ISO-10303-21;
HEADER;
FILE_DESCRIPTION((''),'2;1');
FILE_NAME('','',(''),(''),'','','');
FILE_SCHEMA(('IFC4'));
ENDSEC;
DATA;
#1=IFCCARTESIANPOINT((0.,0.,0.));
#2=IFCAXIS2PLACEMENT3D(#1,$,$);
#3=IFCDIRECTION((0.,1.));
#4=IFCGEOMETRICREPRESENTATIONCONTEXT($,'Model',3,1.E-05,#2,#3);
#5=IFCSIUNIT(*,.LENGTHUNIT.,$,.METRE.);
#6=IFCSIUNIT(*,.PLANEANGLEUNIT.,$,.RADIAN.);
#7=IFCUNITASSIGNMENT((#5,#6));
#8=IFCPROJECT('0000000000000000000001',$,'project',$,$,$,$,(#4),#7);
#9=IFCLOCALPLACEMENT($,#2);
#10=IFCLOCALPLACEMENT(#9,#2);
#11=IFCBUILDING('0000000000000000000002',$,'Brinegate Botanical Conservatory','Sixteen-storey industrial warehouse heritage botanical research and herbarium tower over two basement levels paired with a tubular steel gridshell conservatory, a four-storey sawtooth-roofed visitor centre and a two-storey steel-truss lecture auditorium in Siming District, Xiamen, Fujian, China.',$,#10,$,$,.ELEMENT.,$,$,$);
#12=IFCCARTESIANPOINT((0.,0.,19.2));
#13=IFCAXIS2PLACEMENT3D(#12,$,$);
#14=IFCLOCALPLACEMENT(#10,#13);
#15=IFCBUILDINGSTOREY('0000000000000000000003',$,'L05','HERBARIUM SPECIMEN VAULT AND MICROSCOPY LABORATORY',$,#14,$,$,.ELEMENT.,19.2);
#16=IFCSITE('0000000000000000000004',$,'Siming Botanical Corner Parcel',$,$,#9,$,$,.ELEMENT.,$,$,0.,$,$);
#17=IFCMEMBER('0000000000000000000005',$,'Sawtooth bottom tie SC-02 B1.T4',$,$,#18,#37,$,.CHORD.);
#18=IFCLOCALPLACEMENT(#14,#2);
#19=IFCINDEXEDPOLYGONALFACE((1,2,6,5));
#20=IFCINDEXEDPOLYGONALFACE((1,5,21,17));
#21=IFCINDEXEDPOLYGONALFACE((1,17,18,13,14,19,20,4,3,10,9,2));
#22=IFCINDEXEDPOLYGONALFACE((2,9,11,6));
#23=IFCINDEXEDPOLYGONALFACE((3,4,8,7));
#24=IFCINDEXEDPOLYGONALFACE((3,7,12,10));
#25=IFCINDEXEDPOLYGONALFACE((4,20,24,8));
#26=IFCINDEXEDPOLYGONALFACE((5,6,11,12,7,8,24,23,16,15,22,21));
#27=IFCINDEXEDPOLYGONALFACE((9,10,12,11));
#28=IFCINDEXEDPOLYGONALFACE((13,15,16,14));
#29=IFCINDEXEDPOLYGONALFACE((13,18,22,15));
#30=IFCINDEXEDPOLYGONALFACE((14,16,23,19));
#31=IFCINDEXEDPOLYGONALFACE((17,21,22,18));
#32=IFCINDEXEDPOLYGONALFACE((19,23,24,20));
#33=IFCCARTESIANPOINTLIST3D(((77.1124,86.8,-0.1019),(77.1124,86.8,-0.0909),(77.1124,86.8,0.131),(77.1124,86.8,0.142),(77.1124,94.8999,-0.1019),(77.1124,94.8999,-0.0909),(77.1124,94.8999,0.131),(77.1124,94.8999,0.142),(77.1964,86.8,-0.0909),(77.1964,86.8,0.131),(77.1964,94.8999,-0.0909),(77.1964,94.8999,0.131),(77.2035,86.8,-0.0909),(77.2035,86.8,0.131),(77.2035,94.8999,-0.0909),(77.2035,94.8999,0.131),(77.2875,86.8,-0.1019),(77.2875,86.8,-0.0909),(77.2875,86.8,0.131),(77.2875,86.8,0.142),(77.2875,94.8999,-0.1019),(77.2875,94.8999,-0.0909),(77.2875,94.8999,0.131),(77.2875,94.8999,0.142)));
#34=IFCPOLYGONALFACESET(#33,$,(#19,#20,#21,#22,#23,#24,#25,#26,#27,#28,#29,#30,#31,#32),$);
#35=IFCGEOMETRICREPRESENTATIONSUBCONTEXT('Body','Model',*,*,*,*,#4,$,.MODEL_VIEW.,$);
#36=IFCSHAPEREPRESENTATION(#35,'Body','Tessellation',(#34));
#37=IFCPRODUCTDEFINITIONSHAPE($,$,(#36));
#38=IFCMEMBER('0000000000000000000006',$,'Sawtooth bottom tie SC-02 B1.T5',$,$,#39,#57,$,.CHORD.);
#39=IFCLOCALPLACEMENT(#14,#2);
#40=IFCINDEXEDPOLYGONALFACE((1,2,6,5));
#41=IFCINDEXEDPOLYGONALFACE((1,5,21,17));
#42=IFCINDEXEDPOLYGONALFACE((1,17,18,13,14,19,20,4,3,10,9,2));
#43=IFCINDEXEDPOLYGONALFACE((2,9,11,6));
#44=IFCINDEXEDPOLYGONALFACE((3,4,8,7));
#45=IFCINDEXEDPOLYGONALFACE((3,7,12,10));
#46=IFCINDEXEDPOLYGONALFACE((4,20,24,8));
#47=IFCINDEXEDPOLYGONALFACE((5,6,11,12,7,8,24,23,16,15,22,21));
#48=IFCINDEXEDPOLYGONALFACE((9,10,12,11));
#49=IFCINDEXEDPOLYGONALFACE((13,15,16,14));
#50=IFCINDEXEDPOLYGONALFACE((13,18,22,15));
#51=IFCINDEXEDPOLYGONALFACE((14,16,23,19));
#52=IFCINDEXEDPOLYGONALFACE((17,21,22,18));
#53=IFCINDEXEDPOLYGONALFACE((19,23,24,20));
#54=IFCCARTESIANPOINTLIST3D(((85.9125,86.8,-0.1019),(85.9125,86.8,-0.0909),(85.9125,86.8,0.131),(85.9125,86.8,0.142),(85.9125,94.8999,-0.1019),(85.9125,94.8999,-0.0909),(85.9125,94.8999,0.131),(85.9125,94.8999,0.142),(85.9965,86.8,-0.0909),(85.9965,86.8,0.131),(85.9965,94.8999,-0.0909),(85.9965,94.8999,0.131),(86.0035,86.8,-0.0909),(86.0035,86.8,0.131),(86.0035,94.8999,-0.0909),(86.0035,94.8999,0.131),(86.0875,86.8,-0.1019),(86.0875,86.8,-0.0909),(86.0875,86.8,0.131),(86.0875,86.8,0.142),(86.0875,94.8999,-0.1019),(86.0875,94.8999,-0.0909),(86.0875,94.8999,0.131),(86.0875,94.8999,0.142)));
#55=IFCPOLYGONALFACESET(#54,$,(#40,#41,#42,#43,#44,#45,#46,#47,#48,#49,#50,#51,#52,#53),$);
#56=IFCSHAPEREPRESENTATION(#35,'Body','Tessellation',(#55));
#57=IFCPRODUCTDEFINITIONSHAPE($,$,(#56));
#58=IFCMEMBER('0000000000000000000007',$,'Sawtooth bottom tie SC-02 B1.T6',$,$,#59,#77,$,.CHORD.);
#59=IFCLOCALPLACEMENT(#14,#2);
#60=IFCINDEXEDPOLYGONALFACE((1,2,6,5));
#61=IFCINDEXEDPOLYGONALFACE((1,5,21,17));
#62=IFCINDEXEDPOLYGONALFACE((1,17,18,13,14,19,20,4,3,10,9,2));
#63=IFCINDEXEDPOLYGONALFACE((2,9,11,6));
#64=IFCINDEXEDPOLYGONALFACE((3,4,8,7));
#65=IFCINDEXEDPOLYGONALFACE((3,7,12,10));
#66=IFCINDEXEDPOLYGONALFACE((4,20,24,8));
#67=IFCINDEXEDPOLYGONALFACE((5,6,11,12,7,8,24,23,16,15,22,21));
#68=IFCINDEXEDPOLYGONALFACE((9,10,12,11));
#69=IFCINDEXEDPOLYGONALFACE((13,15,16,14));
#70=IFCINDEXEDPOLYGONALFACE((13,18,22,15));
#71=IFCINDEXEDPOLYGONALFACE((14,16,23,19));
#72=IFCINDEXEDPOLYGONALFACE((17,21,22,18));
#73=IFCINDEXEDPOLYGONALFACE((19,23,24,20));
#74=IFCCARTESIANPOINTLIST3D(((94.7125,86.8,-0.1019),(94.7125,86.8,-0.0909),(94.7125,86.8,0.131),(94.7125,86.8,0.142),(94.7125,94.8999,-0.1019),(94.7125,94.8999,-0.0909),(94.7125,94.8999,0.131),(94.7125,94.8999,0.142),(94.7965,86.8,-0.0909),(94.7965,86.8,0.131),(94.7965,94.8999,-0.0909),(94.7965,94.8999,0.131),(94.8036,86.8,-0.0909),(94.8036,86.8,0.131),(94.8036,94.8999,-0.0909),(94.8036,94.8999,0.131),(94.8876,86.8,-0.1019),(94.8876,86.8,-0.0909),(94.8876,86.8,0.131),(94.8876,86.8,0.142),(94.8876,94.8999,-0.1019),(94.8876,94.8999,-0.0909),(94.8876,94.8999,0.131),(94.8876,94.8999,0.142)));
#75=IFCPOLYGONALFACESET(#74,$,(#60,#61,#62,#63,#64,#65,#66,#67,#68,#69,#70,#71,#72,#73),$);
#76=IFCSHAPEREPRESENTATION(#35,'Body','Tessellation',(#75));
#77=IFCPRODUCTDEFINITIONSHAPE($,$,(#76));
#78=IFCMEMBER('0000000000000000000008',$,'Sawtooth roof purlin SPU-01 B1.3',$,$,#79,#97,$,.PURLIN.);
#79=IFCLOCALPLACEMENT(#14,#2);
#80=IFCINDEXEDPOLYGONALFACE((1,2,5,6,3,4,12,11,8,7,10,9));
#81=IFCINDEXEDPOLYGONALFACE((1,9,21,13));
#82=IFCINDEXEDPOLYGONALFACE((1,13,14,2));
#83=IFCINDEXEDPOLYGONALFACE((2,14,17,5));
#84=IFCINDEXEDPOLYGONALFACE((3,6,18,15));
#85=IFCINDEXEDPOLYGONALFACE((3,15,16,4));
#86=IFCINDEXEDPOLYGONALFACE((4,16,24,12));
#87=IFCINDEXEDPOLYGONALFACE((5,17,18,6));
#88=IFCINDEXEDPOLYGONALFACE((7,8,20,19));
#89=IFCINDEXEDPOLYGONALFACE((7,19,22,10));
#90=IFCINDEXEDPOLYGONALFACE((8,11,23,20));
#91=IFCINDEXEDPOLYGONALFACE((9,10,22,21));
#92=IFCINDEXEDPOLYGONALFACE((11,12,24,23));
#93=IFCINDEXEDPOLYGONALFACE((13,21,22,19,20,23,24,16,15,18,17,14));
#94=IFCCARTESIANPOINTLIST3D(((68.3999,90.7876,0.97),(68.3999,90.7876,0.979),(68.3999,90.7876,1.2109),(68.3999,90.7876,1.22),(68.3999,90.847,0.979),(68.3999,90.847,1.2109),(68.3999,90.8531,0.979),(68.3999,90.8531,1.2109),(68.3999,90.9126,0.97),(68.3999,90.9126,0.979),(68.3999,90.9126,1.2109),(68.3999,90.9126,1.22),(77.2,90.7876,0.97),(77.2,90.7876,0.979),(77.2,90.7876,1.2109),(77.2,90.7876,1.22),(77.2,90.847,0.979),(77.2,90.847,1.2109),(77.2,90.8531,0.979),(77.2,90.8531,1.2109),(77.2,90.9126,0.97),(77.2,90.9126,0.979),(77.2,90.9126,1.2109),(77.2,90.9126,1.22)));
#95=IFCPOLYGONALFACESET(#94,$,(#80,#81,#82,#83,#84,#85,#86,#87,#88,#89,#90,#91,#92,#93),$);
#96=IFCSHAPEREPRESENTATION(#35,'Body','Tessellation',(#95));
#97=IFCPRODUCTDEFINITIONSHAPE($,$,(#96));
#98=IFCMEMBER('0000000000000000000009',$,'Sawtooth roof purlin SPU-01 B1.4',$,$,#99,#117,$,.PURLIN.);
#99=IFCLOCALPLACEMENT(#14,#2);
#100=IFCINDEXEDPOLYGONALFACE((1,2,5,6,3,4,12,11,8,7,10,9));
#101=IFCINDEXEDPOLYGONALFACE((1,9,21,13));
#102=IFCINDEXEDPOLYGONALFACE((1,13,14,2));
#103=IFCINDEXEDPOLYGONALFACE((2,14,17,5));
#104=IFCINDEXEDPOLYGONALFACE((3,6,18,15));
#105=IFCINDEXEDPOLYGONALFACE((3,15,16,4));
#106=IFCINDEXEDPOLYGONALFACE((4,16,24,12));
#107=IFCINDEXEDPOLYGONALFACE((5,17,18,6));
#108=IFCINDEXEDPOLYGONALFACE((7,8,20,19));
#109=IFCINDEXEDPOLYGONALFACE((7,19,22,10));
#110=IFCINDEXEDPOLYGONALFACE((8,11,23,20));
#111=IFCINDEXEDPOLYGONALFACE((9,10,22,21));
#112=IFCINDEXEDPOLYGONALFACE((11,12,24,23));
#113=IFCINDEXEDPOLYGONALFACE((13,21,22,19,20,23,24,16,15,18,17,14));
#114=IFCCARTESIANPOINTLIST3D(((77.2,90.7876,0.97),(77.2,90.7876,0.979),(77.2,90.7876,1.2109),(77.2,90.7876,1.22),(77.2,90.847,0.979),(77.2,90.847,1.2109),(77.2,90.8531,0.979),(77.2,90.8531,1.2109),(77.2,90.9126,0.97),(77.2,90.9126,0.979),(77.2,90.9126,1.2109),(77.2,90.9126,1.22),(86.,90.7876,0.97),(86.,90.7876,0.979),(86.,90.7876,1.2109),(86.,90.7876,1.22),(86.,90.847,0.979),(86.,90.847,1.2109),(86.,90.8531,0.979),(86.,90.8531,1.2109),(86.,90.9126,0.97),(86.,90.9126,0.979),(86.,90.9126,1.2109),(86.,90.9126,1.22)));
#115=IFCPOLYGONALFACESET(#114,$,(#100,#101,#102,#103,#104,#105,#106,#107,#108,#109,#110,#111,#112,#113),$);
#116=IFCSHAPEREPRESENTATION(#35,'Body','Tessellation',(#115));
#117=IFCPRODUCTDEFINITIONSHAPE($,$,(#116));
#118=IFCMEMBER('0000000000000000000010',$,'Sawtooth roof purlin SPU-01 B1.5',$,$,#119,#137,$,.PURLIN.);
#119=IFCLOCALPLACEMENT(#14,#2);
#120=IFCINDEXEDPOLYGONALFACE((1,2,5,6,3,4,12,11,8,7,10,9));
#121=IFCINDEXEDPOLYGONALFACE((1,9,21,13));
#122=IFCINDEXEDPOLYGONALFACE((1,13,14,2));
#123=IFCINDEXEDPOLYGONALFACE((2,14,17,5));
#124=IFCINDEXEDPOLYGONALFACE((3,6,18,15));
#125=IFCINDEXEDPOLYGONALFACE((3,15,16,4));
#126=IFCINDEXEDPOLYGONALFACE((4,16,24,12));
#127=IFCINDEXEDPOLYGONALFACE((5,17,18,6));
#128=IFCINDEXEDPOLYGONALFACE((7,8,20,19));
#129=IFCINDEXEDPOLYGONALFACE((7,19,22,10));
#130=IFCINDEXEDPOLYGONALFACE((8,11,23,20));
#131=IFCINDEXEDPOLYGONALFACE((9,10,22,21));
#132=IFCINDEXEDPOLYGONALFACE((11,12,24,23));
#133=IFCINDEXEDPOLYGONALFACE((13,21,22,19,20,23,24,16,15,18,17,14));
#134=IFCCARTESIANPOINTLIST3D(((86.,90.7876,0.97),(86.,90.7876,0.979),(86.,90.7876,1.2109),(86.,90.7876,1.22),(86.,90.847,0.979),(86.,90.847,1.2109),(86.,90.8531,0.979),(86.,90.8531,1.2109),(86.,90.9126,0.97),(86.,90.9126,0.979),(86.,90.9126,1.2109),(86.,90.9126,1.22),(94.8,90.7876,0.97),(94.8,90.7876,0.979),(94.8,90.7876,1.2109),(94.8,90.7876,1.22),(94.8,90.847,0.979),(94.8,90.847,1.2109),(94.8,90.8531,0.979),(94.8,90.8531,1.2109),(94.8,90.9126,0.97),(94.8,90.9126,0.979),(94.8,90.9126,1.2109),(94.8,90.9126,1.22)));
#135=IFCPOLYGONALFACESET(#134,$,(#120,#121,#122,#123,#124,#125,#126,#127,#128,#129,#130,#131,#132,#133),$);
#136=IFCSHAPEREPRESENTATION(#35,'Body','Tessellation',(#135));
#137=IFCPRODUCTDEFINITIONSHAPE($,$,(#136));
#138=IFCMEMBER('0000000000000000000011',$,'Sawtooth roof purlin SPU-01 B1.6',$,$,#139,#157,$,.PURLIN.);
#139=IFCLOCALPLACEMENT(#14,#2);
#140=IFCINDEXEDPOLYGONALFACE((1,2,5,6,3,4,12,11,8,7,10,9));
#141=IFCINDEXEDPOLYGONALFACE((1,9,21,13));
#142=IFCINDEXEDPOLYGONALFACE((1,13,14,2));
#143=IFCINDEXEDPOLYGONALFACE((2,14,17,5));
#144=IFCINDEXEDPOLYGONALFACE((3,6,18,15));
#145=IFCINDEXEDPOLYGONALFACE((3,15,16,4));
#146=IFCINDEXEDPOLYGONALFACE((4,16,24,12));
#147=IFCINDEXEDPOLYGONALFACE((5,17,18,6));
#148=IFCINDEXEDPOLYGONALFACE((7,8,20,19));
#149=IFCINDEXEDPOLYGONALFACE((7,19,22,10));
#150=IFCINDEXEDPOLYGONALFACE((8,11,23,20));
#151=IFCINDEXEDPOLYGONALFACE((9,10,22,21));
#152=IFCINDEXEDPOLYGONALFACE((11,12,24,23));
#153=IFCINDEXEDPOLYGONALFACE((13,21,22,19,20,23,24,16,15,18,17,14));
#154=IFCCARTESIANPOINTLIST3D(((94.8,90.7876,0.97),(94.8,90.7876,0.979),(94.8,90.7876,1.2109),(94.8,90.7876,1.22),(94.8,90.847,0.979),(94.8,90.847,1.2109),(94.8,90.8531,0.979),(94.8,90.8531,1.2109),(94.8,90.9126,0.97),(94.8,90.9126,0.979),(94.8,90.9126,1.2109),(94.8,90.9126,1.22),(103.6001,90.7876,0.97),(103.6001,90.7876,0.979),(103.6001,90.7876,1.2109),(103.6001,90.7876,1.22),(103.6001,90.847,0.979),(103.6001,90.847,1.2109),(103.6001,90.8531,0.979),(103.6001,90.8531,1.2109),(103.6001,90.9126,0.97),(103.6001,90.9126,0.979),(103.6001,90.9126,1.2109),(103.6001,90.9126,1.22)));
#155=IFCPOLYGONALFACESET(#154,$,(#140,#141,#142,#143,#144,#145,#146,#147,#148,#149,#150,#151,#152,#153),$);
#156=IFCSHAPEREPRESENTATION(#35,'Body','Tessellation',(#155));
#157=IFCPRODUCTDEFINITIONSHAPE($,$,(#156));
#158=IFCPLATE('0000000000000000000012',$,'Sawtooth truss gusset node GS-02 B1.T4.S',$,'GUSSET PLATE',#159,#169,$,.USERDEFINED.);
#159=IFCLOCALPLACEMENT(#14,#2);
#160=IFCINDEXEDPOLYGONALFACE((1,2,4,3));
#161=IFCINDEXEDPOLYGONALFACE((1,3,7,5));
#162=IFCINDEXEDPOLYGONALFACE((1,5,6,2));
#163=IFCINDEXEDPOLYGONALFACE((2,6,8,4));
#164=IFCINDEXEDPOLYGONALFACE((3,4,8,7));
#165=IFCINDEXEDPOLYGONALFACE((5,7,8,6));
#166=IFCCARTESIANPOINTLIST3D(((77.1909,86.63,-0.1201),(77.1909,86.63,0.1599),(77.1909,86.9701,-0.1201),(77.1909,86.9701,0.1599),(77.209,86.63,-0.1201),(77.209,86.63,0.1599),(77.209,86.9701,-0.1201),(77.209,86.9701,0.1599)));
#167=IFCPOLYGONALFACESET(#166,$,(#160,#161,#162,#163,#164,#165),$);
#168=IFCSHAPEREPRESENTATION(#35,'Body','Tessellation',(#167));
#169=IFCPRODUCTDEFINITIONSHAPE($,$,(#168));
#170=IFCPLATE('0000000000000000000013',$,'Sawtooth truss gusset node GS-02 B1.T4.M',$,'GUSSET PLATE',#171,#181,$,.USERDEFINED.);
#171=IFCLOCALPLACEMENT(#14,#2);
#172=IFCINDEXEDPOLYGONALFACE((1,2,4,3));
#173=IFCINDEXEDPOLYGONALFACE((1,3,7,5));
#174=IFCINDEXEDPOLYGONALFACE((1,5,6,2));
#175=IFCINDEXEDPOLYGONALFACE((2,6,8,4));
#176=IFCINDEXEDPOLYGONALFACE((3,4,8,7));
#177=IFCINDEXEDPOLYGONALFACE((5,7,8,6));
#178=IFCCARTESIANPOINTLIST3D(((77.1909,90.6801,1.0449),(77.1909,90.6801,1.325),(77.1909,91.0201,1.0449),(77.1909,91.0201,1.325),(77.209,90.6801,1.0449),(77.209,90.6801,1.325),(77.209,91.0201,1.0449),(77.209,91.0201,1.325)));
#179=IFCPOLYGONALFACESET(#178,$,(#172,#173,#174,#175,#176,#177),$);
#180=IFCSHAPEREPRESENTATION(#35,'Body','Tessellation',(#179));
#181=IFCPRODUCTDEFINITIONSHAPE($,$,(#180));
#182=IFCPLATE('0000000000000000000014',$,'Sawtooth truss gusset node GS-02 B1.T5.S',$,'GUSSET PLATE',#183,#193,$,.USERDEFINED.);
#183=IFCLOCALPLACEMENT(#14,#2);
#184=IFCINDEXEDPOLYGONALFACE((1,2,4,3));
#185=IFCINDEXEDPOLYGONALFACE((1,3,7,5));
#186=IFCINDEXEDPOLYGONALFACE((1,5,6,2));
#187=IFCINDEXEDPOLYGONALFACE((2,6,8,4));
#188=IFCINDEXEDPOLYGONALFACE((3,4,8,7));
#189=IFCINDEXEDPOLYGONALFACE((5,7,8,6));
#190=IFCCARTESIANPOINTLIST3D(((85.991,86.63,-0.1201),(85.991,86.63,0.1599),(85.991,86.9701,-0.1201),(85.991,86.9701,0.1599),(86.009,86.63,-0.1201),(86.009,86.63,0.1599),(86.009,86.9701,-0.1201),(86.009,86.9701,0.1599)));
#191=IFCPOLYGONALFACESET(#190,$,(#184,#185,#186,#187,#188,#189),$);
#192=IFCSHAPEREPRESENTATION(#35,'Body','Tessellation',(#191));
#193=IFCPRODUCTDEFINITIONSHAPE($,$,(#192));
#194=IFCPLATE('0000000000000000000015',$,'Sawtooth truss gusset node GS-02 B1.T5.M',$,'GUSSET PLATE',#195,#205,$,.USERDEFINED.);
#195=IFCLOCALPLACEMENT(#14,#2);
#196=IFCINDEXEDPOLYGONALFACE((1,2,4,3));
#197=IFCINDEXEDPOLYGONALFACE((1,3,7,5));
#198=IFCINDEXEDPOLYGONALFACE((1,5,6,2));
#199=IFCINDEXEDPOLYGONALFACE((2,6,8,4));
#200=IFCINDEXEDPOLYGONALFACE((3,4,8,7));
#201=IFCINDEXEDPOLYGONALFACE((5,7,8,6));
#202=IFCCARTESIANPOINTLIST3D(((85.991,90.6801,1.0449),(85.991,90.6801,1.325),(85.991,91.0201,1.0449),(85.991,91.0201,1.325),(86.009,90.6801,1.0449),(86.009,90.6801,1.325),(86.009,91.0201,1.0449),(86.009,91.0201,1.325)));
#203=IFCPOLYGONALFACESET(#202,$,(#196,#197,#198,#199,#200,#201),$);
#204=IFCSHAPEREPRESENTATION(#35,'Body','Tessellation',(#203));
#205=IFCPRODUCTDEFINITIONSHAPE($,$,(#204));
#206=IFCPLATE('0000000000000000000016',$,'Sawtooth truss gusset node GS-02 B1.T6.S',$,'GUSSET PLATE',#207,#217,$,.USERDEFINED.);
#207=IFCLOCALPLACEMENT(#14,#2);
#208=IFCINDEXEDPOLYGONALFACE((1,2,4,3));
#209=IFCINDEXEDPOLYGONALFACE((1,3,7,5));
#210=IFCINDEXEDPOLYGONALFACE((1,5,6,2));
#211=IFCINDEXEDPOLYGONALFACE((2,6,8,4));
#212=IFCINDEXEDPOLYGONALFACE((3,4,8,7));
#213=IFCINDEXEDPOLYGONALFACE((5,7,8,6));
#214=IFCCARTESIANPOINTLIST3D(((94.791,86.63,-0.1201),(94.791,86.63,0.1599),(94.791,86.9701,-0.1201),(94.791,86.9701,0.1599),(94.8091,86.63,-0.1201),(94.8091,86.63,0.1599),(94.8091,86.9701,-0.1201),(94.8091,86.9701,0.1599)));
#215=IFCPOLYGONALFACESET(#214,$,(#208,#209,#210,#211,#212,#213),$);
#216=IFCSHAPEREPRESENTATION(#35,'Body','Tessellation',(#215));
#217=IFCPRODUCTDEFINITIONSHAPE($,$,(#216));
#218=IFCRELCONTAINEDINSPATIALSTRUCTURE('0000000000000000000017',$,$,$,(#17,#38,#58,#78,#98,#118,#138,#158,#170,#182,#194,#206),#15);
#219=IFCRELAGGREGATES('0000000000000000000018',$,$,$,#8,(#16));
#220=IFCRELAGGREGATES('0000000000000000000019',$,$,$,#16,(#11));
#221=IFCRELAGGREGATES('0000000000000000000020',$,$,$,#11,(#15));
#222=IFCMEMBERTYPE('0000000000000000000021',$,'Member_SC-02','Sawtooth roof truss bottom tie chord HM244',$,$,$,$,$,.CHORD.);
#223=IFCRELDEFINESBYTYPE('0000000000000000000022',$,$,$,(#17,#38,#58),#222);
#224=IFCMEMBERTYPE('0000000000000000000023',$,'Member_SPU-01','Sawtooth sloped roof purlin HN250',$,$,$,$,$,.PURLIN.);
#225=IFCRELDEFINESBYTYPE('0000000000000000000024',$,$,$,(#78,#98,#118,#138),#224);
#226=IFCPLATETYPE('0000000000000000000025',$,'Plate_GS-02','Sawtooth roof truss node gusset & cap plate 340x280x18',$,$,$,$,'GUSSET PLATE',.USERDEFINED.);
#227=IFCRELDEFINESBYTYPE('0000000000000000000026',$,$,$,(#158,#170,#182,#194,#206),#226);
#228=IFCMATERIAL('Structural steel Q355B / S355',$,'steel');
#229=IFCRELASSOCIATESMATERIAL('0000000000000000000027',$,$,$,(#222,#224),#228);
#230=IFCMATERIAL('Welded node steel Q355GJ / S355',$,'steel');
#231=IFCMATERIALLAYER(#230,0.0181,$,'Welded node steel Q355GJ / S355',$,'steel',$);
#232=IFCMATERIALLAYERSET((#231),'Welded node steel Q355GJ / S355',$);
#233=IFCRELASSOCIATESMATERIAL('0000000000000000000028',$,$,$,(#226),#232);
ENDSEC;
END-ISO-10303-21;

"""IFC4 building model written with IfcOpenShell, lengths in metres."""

from ifc_helpers import new_model, si_unit, direction, frame, origin, origin_2d, place, context, subcontext, project, spatial, rectangle, i_section, extrude, material, layer, layer_set, material_profile, profile_set, type_object, element, save


model = new_model("IFC4")

# Units and contexts
model_context = context("Model", 3, precision=1e-05, world=origin(), true_north=direction((0.0, 1.0)))
body_context = subcontext(model_context, "Body", "Model", "MODEL_VIEW")
ifc_project = project(units=[si_unit("LENGTHUNIT", "METRE"), si_unit("PLANEANGLEUNIT", "RADIAN")], contexts=[model_context])

# Site, building, storey
site_placement = place(None, origin())
site = spatial("IfcSite", under=ifc_project, at=site_placement, Name="Siming Botanical Corner Parcel", CompositionType="ELEMENT", RefElevation=0.0)
building_placement = place(site_placement, origin())
building = spatial("IfcBuilding", under=site, at=building_placement, Name="Brinegate Botanical Conservatory", Description="Sixteen-storey industrial warehouse heritage botanical research and herbarium tower over two basement levels paired with a tubular steel gridshell conservatory, a four-storey sawtooth-roofed visitor centre and a two-storey steel-truss lecture auditorium in Siming District, Xiamen, Fujian, China.", CompositionType="ELEMENT")
storey_placement = place(building_placement, frame((0.0, 0.0, 19.2)))
storey = spatial("IfcBuildingStorey", under=building, at=storey_placement, Name="L05", Description="HERBARIUM SPECIMEN VAULT AND MICROSCOPY LABORATORY", CompositionType="ELEMENT", Elevation=19.2)

# Shared definitions
ifc_material_1 = material(Name="Structural steel Q355B / S355", Category="steel")

# Members
ifc_material_profile_1 = material_profile(ifc_material_1, i_section(OverallWidth=0.175, OverallDepth=0.2439, WebThickness=0.0071, FlangeThickness=0.011, at=origin_2d()), Name="HM 244x175x7x11")
ifc_profile_set_1 = profile_set([ifc_material_profile_1], Name="Structural steel Q355B / S355")
member_type_1 = type_object("IfcMemberType", Name="Member_SC-02", Description="Sawtooth roof truss bottom tie chord HM244", PredefinedType="CHORD", material=ifc_profile_set_1)
for number, where, z_axis, x_axis, name in (
    (1, (77.2, 86.8, 0.02), (0.0, 1.0, 0.0), (-1.0, 0.0, 0.0), "Sawtooth bottom tie SC-02 B1.T4"),
    (2, (86.0, 86.8, 0.02), (0.0, 1.0, 0.0), (-1.0, 0.0, 0.0), "Sawtooth bottom tie SC-02 B1.T5"),
    (3, (94.8, 86.8, 0.02), (0.0, 1.0, 0.0), (-1.0, 0.0, 0.0), "Sawtooth bottom tie SC-02 B1.T6"),
):
    element("IfcMember", number, at=place(storey_placement, frame(where, z_axis=z_axis, x_axis=x_axis)), inside=storey, type_object=member_type_1, Name=name, PredefinedType="CHORD", context=body_context, shape_type="SweptSolid", body=[
        extrude(i_section(OverallWidth=0.175, OverallDepth=0.2439, WebThickness=0.0071, FlangeThickness=0.011, at=origin_2d()), origin(), (0.0, 0.0, 1.0), 8.0999),
    ])
ifc_material_profile_2 = material_profile(ifc_material_1, i_section(OverallWidth=0.125, OverallDepth=0.25, WebThickness=0.0061, FlangeThickness=0.009, at=origin_2d()), Name="HN 250x125x6x9")
ifc_profile_set_2 = profile_set([ifc_material_profile_2], Name="Structural steel Q355B / S355")
member_type_2 = type_object("IfcMemberType", Name="Member_SPU-01", Description="Sawtooth sloped roof purlin HN250", PredefinedType="PURLIN", material=ifc_profile_set_2)
for number, where, z_axis, x_axis, name in (
    (4, (68.3999, 90.8501, 1.095), (1.0, 0.0, 0.0), (0.0, 1.0, 0.0), "Sawtooth roof purlin SPU-01 B1.3"),
    (5, (77.2, 90.8501, 1.095), (1.0, 0.0, 0.0), (0.0, 1.0, 0.0), "Sawtooth roof purlin SPU-01 B1.4"),
    (6, (86.0, 90.8501, 1.095), (1.0, 0.0, 0.0), (0.0, 1.0, 0.0), "Sawtooth roof purlin SPU-01 B1.5"),
    (7, (94.8, 90.8501, 1.095), (1.0, 0.0, 0.0), (0.0, 1.0, 0.0), "Sawtooth roof purlin SPU-01 B1.6"),
):
    element("IfcMember", number, at=place(storey_placement, frame(where, z_axis=z_axis, x_axis=x_axis)), inside=storey, type_object=member_type_2, Name=name, PredefinedType="PURLIN", context=body_context, shape_type="SweptSolid", body=[
        extrude(i_section(OverallWidth=0.125, OverallDepth=0.25, WebThickness=0.0061, FlangeThickness=0.009, at=origin_2d()), origin(), (0.0, 0.0, 1.0), 8.8),
    ])

# Plates
ifc_material_2 = material(Name="Welded node steel Q355GJ / S355", Category="steel")
ifc_layer_1 = layer(ifc_material_2, 0.0181, Name="Welded node steel Q355GJ / S355", Category="steel")
ifc_layer_set_1 = layer_set([ifc_layer_1], Name="Welded node steel Q355GJ / S355")
plate_type = type_object("IfcPlateType", Name="Plate_GS-02", Description="Sawtooth roof truss node gusset & cap plate 340x280x18", ElementType="GUSSET PLATE", PredefinedType="USERDEFINED", material=ifc_layer_set_1)
for number, where, z_axis, x_axis, name in (
    (8, (77.2, 86.8, -0.1201), (0.0, 0.0, 1.0), (1.0, 0.0, 0.0), "Sawtooth truss gusset node GS-02 B1.T4.S"),
    (9, (77.2, 90.8501, 1.0449), (0.0, 0.0, 1.0), (1.0, 0.0, 0.0), "Sawtooth truss gusset node GS-02 B1.T4.M"),
    (10, (86.0, 86.8, -0.1201), (0.0, 0.0, 1.0), (1.0, 0.0, 0.0), "Sawtooth truss gusset node GS-02 B1.T5.S"),
    (11, (86.0, 90.8501, 1.0449), (0.0, 0.0, 1.0), (1.0, 0.0, 0.0), "Sawtooth truss gusset node GS-02 B1.T5.M"),
    (12, (94.8, 86.8, -0.1201), (0.0, 0.0, 1.0), (1.0, 0.0, 0.0), "Sawtooth truss gusset node GS-02 B1.T6.S"),
):
    element("IfcPlate", number, at=place(storey_placement, frame(where, z_axis=z_axis, x_axis=x_axis)), inside=storey, type_object=plate_type, Name=name, ObjectType="GUSSET PLATE", PredefinedType="USERDEFINED", context=body_context, shape_type="SweptSolid", body=[
        extrude(rectangle(XDim=0.0181, YDim=0.3401, at=origin_2d()), origin(), (0.0, 0.0, 1.0), 0.28),
    ])

save(model, "model.ifc")
